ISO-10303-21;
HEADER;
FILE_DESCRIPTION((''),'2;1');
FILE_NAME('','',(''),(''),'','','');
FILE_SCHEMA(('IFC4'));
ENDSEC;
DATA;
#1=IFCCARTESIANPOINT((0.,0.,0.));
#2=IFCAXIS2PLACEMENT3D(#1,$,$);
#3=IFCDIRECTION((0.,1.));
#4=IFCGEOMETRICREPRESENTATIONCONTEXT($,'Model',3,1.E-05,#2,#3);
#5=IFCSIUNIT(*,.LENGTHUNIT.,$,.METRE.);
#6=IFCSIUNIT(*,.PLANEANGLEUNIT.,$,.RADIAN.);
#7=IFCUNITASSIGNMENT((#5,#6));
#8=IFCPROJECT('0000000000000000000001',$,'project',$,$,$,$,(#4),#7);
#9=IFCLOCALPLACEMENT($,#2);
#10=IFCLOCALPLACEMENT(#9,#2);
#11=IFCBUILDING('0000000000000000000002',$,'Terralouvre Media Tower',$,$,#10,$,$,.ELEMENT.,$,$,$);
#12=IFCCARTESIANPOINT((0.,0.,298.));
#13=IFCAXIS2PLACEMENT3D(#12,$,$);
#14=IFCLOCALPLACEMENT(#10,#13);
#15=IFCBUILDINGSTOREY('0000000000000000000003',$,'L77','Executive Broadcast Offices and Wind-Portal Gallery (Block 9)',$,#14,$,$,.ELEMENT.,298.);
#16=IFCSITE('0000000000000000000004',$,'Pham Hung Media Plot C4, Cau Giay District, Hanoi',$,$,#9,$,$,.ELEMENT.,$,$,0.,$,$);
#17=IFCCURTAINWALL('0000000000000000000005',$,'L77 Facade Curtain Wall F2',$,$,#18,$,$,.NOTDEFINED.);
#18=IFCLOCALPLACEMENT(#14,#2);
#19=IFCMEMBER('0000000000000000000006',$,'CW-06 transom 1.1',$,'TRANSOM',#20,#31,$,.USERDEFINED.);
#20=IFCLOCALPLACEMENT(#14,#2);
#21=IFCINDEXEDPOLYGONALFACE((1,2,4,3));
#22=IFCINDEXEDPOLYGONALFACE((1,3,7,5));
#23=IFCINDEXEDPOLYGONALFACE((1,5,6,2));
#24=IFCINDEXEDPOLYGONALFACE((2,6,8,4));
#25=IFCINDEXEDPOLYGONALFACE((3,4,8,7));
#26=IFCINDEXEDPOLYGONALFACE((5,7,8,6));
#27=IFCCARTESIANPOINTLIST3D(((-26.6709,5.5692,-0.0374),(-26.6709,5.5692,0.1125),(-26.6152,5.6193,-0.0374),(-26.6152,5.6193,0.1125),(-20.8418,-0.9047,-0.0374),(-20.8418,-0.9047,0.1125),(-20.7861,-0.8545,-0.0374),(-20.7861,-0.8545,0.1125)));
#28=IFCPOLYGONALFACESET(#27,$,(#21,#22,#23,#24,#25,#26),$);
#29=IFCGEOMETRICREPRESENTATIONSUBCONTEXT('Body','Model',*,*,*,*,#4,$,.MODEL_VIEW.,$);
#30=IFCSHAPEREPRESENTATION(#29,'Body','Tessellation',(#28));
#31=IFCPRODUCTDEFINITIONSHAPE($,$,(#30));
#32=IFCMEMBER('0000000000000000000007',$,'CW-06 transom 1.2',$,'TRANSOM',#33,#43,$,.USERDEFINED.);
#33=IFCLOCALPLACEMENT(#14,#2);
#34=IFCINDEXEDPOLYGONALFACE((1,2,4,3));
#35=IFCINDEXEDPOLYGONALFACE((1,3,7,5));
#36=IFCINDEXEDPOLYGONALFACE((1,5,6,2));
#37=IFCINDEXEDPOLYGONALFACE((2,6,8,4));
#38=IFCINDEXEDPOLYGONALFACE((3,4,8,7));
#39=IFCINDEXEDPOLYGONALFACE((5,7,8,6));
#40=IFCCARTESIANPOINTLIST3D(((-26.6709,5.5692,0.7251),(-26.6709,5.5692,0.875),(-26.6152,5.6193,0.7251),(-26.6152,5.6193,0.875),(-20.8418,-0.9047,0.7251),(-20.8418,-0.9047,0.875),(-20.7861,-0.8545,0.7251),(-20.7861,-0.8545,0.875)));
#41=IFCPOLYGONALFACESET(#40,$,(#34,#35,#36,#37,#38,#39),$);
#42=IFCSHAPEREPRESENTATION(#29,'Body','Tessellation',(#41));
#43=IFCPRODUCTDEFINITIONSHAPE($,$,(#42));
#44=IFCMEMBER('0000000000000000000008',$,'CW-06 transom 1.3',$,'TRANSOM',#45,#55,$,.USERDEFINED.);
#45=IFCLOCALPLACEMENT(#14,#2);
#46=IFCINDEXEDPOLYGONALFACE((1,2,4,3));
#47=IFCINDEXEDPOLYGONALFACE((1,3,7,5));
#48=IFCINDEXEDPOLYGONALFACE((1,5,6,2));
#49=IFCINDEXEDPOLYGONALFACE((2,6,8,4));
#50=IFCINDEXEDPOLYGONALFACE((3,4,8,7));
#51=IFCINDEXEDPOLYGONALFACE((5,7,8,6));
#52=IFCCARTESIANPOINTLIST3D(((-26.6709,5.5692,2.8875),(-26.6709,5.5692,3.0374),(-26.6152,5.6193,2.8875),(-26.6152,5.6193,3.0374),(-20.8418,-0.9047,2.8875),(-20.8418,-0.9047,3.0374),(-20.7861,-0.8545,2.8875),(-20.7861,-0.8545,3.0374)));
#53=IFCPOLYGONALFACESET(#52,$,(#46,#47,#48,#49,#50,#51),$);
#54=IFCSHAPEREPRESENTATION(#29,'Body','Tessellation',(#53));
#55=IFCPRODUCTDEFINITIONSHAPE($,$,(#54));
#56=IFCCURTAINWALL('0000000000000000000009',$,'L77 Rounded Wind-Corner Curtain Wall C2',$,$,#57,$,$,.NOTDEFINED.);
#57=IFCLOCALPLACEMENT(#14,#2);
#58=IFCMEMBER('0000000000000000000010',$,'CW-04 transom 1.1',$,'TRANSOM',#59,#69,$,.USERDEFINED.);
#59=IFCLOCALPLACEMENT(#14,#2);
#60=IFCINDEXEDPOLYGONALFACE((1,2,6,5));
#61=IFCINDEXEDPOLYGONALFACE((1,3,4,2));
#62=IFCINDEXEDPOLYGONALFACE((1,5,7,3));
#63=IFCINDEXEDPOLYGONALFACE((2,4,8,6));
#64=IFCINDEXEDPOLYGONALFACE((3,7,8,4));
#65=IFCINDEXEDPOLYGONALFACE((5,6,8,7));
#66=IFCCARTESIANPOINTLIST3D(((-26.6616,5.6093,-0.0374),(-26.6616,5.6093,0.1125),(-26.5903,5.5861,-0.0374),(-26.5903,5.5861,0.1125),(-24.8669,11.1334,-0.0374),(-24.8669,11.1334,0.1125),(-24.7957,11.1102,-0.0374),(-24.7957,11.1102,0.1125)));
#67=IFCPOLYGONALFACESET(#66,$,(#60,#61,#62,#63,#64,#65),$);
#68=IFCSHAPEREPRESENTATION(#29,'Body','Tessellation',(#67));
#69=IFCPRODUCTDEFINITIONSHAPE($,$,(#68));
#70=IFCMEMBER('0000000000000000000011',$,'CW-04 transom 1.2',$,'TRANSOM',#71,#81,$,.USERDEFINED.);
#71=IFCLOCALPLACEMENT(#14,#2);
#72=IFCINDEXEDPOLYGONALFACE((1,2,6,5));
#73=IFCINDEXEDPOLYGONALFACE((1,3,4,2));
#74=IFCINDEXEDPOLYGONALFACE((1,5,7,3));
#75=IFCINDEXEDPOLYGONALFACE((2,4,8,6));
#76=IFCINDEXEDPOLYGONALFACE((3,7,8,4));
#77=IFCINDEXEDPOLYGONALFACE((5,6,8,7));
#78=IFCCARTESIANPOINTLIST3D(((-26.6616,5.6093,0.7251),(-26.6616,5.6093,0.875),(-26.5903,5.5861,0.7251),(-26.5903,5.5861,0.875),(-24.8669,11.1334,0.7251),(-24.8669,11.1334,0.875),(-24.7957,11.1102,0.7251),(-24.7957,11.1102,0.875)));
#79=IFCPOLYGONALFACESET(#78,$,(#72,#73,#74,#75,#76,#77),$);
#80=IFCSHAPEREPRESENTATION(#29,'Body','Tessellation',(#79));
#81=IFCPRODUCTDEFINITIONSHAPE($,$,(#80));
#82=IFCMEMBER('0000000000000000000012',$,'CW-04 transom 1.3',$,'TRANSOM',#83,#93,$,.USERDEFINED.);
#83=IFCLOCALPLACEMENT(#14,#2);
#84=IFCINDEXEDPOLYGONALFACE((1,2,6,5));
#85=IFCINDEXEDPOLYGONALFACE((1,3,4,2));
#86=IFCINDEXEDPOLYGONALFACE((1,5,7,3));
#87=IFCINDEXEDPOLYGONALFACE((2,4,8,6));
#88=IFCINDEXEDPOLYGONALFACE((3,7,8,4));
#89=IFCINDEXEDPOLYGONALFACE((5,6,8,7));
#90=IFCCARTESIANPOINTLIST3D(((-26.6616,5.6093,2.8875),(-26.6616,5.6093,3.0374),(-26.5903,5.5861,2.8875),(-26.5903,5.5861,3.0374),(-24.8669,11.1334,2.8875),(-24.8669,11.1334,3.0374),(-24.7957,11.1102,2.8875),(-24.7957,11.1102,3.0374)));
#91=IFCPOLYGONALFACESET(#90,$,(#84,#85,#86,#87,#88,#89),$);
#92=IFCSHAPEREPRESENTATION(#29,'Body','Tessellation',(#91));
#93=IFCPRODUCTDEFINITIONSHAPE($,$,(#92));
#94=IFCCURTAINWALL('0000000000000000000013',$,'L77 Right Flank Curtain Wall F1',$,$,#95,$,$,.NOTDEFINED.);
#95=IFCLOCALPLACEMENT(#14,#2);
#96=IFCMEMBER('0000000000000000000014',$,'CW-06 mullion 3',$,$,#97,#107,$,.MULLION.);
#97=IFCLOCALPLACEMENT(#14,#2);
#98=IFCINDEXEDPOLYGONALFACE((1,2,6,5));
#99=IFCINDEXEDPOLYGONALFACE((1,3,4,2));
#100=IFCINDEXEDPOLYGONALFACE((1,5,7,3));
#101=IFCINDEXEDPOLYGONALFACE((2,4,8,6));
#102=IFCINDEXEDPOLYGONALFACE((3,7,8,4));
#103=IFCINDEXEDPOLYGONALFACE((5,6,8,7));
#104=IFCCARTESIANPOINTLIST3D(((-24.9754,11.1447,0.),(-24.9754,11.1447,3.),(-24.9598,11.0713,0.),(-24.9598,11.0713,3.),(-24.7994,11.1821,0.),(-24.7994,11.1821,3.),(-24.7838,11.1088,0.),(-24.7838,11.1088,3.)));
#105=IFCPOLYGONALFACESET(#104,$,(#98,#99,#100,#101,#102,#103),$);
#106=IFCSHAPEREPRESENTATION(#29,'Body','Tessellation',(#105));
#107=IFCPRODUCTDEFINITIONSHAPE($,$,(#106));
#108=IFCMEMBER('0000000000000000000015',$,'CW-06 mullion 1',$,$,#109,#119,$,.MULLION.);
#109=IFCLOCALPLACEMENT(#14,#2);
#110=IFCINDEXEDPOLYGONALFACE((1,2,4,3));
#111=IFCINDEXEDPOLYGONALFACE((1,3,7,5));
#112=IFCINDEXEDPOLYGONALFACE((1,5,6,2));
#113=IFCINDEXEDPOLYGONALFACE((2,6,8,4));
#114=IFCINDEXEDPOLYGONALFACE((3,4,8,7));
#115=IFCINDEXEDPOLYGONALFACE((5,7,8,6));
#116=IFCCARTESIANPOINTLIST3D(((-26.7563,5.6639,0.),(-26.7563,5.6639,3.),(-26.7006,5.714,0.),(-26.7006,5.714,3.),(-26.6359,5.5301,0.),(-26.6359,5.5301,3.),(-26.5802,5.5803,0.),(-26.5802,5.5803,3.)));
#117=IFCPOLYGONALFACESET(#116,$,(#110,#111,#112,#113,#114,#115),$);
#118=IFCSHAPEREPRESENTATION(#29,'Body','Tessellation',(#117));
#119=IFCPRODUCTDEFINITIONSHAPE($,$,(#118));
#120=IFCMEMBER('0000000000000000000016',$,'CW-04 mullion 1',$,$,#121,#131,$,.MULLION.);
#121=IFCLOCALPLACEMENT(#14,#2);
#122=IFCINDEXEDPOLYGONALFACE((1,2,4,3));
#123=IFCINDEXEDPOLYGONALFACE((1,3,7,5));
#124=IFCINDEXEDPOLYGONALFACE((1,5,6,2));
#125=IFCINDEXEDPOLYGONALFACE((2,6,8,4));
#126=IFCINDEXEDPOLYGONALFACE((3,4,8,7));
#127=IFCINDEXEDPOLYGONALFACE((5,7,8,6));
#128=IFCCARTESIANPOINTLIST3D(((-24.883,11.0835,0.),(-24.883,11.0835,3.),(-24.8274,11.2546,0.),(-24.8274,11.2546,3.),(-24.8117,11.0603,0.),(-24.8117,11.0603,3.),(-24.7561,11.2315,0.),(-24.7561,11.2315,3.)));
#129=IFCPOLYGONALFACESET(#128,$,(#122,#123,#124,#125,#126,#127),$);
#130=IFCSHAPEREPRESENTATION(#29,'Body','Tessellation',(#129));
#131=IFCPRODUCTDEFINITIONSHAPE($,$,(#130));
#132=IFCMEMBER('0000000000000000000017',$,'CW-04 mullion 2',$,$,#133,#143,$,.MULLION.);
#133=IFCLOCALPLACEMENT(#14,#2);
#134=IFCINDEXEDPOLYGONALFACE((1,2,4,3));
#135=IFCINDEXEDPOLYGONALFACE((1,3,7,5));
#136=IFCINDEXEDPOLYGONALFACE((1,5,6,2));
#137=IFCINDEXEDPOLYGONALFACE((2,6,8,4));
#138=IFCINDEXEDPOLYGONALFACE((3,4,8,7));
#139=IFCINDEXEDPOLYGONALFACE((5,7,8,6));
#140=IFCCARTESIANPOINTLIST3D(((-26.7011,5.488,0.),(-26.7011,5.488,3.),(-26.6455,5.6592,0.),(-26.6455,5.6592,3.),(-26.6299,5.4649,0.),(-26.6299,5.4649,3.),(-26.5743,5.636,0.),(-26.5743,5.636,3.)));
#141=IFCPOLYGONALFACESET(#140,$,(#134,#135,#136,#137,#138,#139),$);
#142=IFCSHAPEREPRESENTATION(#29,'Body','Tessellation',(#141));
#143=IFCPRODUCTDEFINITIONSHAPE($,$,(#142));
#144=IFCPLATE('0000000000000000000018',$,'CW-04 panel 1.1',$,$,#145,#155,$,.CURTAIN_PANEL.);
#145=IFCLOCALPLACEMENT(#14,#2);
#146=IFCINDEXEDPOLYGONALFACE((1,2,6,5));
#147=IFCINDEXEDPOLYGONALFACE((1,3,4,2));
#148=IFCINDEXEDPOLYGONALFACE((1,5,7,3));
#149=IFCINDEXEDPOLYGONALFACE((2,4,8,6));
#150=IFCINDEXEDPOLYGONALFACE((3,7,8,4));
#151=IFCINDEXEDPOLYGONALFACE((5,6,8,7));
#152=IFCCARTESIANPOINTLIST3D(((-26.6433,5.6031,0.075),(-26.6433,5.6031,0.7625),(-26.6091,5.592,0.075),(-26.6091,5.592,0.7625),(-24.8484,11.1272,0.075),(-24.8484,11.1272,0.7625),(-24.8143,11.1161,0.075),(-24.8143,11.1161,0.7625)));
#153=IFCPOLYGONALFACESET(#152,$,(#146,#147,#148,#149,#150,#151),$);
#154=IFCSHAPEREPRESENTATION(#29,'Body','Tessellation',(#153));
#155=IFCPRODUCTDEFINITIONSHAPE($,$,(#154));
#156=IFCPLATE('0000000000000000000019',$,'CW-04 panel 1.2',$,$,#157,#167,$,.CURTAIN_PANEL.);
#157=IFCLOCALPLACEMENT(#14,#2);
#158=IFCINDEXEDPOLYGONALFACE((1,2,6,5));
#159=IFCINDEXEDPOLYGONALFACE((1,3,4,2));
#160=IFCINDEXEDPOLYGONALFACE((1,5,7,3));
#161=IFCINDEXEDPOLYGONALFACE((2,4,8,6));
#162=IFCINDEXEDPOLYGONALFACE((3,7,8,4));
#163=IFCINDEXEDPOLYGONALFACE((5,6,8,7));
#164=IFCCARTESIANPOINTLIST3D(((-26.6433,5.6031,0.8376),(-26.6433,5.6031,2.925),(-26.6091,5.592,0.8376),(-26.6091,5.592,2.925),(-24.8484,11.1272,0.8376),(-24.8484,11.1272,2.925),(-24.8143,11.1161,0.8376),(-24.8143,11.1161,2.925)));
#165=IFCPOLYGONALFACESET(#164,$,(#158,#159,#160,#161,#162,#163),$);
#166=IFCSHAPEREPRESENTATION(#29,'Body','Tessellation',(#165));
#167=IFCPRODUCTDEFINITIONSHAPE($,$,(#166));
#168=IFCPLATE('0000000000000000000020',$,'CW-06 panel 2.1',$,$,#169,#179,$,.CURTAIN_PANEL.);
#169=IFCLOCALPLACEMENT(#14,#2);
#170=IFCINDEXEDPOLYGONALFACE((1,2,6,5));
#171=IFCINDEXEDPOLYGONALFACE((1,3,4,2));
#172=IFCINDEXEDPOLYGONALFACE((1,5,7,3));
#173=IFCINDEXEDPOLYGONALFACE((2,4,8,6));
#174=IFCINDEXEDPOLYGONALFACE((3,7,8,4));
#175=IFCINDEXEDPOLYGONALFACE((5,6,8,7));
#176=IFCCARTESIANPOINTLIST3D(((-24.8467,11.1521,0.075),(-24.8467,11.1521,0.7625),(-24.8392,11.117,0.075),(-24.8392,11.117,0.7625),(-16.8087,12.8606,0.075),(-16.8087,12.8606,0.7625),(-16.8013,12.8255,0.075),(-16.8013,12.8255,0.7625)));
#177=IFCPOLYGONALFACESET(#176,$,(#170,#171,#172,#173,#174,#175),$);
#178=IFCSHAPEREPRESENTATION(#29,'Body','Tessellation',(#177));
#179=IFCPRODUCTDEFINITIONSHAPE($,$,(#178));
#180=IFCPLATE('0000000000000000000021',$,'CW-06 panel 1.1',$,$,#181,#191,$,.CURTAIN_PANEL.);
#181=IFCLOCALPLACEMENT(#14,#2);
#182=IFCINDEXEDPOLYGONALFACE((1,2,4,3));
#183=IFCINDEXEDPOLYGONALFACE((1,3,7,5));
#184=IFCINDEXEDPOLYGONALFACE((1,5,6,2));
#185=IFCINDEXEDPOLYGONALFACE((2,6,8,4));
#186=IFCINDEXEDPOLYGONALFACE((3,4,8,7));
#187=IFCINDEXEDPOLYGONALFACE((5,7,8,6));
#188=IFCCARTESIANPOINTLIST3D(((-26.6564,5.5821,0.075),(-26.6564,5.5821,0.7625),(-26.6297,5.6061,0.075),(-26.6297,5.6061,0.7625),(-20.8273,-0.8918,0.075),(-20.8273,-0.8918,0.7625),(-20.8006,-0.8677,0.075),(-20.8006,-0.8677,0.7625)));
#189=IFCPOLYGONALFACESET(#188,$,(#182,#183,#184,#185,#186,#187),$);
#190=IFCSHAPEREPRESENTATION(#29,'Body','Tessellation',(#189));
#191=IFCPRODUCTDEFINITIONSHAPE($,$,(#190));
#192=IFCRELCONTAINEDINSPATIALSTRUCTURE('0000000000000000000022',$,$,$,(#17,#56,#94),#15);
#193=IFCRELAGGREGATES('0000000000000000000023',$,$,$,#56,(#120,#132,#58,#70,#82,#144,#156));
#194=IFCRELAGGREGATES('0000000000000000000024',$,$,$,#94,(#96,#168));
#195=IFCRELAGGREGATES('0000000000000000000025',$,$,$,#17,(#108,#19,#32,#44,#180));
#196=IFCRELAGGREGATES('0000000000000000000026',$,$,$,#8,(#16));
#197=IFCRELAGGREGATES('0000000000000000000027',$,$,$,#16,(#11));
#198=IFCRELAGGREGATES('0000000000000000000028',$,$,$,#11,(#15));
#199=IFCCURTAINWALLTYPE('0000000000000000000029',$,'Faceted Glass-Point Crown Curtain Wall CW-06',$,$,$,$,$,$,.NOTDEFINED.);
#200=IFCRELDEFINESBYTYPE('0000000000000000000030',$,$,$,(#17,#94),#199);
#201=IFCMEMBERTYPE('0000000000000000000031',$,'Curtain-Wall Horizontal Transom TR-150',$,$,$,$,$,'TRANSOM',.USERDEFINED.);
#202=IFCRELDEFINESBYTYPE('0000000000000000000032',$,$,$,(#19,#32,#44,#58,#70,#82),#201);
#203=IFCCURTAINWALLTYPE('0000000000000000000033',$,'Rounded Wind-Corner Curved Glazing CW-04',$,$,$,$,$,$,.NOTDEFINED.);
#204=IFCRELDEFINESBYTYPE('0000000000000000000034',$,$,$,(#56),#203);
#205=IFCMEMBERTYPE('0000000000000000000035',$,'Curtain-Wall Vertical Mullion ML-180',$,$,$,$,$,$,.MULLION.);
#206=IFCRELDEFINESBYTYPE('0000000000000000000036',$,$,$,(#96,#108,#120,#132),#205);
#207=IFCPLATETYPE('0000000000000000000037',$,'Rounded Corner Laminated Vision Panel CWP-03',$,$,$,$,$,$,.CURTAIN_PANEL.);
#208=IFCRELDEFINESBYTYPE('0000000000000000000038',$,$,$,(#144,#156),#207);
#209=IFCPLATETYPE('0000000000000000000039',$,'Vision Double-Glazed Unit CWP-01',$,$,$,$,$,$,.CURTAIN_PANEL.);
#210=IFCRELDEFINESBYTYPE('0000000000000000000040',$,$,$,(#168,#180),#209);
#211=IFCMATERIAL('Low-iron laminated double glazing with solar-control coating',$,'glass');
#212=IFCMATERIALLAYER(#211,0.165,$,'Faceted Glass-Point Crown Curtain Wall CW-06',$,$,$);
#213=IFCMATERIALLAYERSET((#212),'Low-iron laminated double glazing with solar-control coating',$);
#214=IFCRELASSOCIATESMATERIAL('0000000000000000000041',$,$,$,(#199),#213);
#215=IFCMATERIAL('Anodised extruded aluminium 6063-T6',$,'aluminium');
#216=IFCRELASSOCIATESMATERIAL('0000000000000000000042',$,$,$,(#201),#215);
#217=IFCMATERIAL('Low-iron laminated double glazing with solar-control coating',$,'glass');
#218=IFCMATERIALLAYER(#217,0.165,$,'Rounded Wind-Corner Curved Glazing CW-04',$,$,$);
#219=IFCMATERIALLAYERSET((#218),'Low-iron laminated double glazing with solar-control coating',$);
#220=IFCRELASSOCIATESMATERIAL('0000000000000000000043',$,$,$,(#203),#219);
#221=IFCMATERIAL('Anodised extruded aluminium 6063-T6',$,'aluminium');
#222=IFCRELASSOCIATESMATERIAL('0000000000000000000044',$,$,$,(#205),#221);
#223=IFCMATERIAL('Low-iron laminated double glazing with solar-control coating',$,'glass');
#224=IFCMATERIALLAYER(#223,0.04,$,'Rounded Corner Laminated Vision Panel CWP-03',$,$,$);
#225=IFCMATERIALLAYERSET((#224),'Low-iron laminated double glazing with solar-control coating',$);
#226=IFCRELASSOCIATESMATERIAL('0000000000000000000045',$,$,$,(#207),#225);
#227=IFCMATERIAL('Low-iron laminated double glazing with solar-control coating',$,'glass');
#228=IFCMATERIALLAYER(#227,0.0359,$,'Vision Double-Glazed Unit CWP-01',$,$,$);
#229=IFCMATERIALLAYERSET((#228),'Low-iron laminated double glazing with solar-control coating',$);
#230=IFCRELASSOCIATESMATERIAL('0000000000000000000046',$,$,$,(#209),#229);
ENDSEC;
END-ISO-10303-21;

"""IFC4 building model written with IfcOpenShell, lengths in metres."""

from ifc_helpers import new_model, si_unit, direction, frame, origin, origin_2d, place, context, subcontext, project, spatial, rectangle, extrude, material, layer, layer_set, material_profile, profile_set, type_object, element, aggregate, save


model = new_model("IFC4")

# Units and contexts
model_context = context("Model", 3, precision=1e-05, world=origin(), true_north=direction((0.0, 1.0)))
body_context = subcontext(model_context, "Body", "Model", "MODEL_VIEW")
ifc_project = project(units=[si_unit("LENGTHUNIT", "METRE"), si_unit("PLANEANGLEUNIT", "RADIAN")], contexts=[model_context])

# Site, building, storey
site_placement = place(None, origin())
site = spatial("IfcSite", under=ifc_project, at=site_placement, Name="Pham Hung Media Plot C4, Cau Giay District, Hanoi", CompositionType="ELEMENT", RefElevation=0.0)
building_placement = place(site_placement, origin())
building = spatial("IfcBuilding", under=site, at=building_placement, Name="Terralouvre Media Tower", CompositionType="ELEMENT")
storey_placement = place(building_placement, frame((0.0, 0.0, 298.0)))
storey = spatial("IfcBuildingStorey", under=building, at=storey_placement, Name="L77", Description="Executive Broadcast Offices and Wind-Portal Gallery (Block 9)", CompositionType="ELEMENT", Elevation=298.0)

# Curtain walls, members
ifc_material_1 = material(Name="Low-iron laminated double glazing with solar-control coating", Category="glass")
ifc_layer_1 = layer(ifc_material_1, 0.165, Name="Faceted Glass-Point Crown Curtain Wall CW-06")
ifc_layer_set_1 = layer_set([ifc_layer_1], Name="Low-iron laminated double glazing with solar-control coating")
curtain_wall_type_1 = type_object("IfcCurtainWallType", Name="Faceted Glass-Point Crown Curtain Wall CW-06", PredefinedType="NOTDEFINED", material=ifc_layer_set_1)
curtain_wall_1_placement = place(storey_placement, origin())
curtain_wall_1 = element("IfcCurtainWall", 1, at=curtain_wall_1_placement, inside=storey, type_object=curtain_wall_type_1, Name="L77 Facade Curtain Wall F2", PredefinedType="NOTDEFINED")
ifc_material_2 = material(Name="Anodised extruded aluminium 6063-T6", Category="aluminium")
ifc_material_profile_1 = material_profile(ifc_material_2, rectangle(XDim=0.075, YDim=0.1499, at=origin_2d()), Name="ALU 75x150")
ifc_profile_set_1 = profile_set([ifc_material_profile_1], Name="Anodised extruded aluminium 6063-T6")
member_type_1 = type_object("IfcMemberType", Name="Curtain-Wall Horizontal Transom TR-150", ElementType="TRANSOM", PredefinedType="USERDEFINED", material=ifc_profile_set_1)
member_1_placement = place(storey_placement, frame((-26.6431, 5.5942, 0.0376), z_axis=(0.66913, -0.743145, 0.0), x_axis=(0.743145, 0.66913, 0.0)))
member_1 = element("IfcMember", 2, at=member_1_placement, type_object=member_type_1, Name="CW-06 transom 1.1", ObjectType="TRANSOM", PredefinedType="USERDEFINED", context=body_context, shape_type="SweptSolid", body=[
    extrude(rectangle(XDim=0.075, YDim=0.1499, at=origin_2d()), origin(), (0.0, 0.0, 1.0), 8.7114),
])
member_2_placement = place(storey_placement, frame((-26.6431, 5.5942, 0.8), z_axis=(0.66913, -0.743145, 0.0), x_axis=(0.743145, 0.66913, 0.0)))
member_2 = element("IfcMember", 3, at=member_2_placement, type_object=member_type_1, Name="CW-06 transom 1.2", ObjectType="TRANSOM", PredefinedType="USERDEFINED", context=body_context, shape_type="SweptSolid", body=[
    extrude(rectangle(XDim=0.075, YDim=0.1499, at=origin_2d()), origin(), (0.0, 0.0, 1.0), 8.7114),
])
member_3_placement = place(storey_placement, frame((-26.6431, 5.5942, 2.9624), z_axis=(0.66913, -0.743145, 0.0), x_axis=(0.743145, 0.66913, 0.0)))
member_3 = element("IfcMember", 4, at=member_3_placement, type_object=member_type_1, Name="CW-06 transom 1.3", ObjectType="TRANSOM", PredefinedType="USERDEFINED", context=body_context, shape_type="SweptSolid", body=[
    extrude(rectangle(XDim=0.075, YDim=0.1499, at=origin_2d()), origin(), (0.0, 0.0, 1.0), 8.7114),
])
ifc_material_3 = material(Name="Low-iron laminated double glazing with solar-control coating", Category="glass")
ifc_layer_2 = layer(ifc_material_3, 0.165, Name="Rounded Wind-Corner Curved Glazing CW-04")
ifc_layer_set_2 = layer_set([ifc_layer_2], Name="Low-iron laminated double glazing with solar-control coating")
curtain_wall_type_2 = type_object("IfcCurtainWallType", Name="Rounded Wind-Corner Curved Glazing CW-04", PredefinedType="NOTDEFINED", material=ifc_layer_set_2)
curtain_wall_2_placement = place(storey_placement, origin())
curtain_wall_2 = element("IfcCurtainWall", 5, at=curtain_wall_2_placement, inside=storey, type_object=curtain_wall_type_2, Name="L77 Rounded Wind-Corner Curtain Wall C2", PredefinedType="NOTDEFINED")
member_4_placement = place(storey_placement, frame((-24.8313, 11.1218, 0.0376), z_axis=(-0.308981, -0.951068, 0.0), x_axis=(0.951068, -0.308981, 0.0)))
member_4 = element("IfcMember", 6, at=member_4_placement, type_object=member_type_1, Name="CW-04 transom 1.1", ObjectType="TRANSOM", PredefinedType="USERDEFINED", context=body_context, shape_type="SweptSolid", body=[
    extrude(rectangle(XDim=0.075, YDim=0.1499, at=origin_2d()), origin(), (0.0, 0.0, 1.0), 5.8083),
])
member_5_placement = place(storey_placement, frame((-24.8313, 11.1218, 0.8), z_axis=(-0.308981, -0.951068, 0.0), x_axis=(0.951068, -0.308981, 0.0)))
member_5 = element("IfcMember", 7, at=member_5_placement, type_object=member_type_1, Name="CW-04 transom 1.2", ObjectType="TRANSOM", PredefinedType="USERDEFINED", context=body_context, shape_type="SweptSolid", body=[
    extrude(rectangle(XDim=0.075, YDim=0.1499, at=origin_2d()), origin(), (0.0, 0.0, 1.0), 5.8083),
])
member_6_placement = place(storey_placement, frame((-24.8313, 11.1218, 2.9624), z_axis=(-0.308981, -0.951068, 0.0), x_axis=(0.951068, -0.308981, 0.0)))
member_6 = element("IfcMember", 8, at=member_6_placement, type_object=member_type_1, Name="CW-04 transom 1.3", ObjectType="TRANSOM", PredefinedType="USERDEFINED", context=body_context, shape_type="SweptSolid", body=[
    extrude(rectangle(XDim=0.075, YDim=0.1499, at=origin_2d()), origin(), (0.0, 0.0, 1.0), 5.8083),
])

# Curtain wall, member
curtain_wall_3_placement = place(storey_placement, origin())
curtain_wall_3 = element("IfcCurtainWall", 9, at=curtain_wall_3_placement, inside=storey, type_object=curtain_wall_type_1, Name="L77 Right Flank Curtain Wall F1", PredefinedType="NOTDEFINED")
ifc_material_4 = material(Name="Anodised extruded aluminium 6063-T6", Category="aluminium")
ifc_material_profile_2 = material_profile(ifc_material_4, rectangle(XDim=0.075, YDim=0.1799, at=origin_2d()), Name="ALU 75x180")
ifc_profile_set_2 = profile_set([ifc_material_profile_2], Name="Anodised extruded aluminium 6063-T6")
member_type_2 = type_object("IfcMemberType", Name="Curtain-Wall Vertical Mullion ML-180", PredefinedType="MULLION", material=ifc_profile_set_2)
member_7_placement = place(storey_placement, frame((-24.8796, 11.1267, 0.0), z_axis=(0.0, 0.0, 1.0), x_axis=(0.207911, -0.978148, 0.0)))
member_7 = element("IfcMember", 10, at=member_7_placement, type_object=member_type_2, Name="CW-06 mullion 3", PredefinedType="MULLION", context=body_context, shape_type="SweptSolid", body=[
    extrude(rectangle(XDim=0.075, YDim=0.1799, at=origin_2d()), origin(), (0.0, 0.0, 1.0), 3.0),
])

# Members
member_8_placement = place(storey_placement, frame((-26.6682, 5.6221, 0.0), z_axis=(0.0, 0.0, 1.0), x_axis=(0.743145, 0.669131, 0.0)))
member_8 = element("IfcMember", 11, at=member_8_placement, type_object=member_type_2, Name="CW-06 mullion 1", PredefinedType="MULLION", context=body_context, shape_type="SweptSolid", body=[
    extrude(rectangle(XDim=0.075, YDim=0.1799, at=origin_2d()), origin(), (0.0, 0.0, 1.0), 3.0),
])
member_9_placement = place(storey_placement, frame((-24.8196, 11.1575, 0.0), z_axis=(0.0, 0.0, 1.0), x_axis=(0.951057, -0.309017, 0.0)))
member_9 = element("IfcMember", 12, at=member_9_placement, type_object=member_type_2, Name="CW-04 mullion 1", PredefinedType="MULLION", context=body_context, shape_type="SweptSolid", body=[
    extrude(rectangle(XDim=0.075, YDim=0.1799, at=origin_2d()), origin(), (0.0, 0.0, 1.0), 3.0),
])
member_10_placement = place(storey_placement, frame((-26.6377, 5.562, 0.0), z_axis=(0.0, 0.0, 1.0), x_axis=(0.951057, -0.309017, 0.0)))
member_10 = element("IfcMember", 13, at=member_10_placement, type_object=member_type_2, Name="CW-04 mullion 2", PredefinedType="MULLION", context=body_context, shape_type="SweptSolid", body=[
    extrude(rectangle(XDim=0.075, YDim=0.1799, at=origin_2d()), origin(), (0.0, 0.0, 1.0), 3.0),
])

# Plates
ifc_material_5 = material(Name="Low-iron laminated double glazing with solar-control coating", Category="glass")
ifc_layer_3 = layer(ifc_material_5, 0.04, Name="Rounded Corner Laminated Vision Panel CWP-03")
ifc_layer_set_3 = layer_set([ifc_layer_3], Name="Low-iron laminated double glazing with solar-control coating")
plate_type_1 = type_object("IfcPlateType", Name="Rounded Corner Laminated Vision Panel CWP-03", PredefinedType="CURTAIN_PANEL", material=ifc_layer_set_3)
plate_1_placement = place(storey_placement, frame((-25.7288, 8.3596, 0.075), z_axis=(0.0, 0.0, 1.0), x_axis=(-0.309017, -0.951057, 0.0)))
plate_1 = element("IfcPlate", 14, at=plate_1_placement, type_object=plate_type_1, Name="CW-04 panel 1.1", PredefinedType="CURTAIN_PANEL", context=body_context, shape_type="SweptSolid", body=[
    extrude(rectangle(XDim=5.8083, YDim=0.0359, at=origin_2d()), origin(), (0.0, 0.0, 1.0), 0.6875),
])
plate_2_placement = place(storey_placement, frame((-25.7288, 8.3596, 0.8376), z_axis=(0.0, 0.0, 1.0), x_axis=(-0.309017, -0.951057, 0.0)))
plate_2 = element("IfcPlate", 15, at=plate_2_placement, type_object=plate_type_1, Name="CW-04 panel 1.2", PredefinedType="CURTAIN_PANEL", context=body_context, shape_type="SweptSolid", body=[
    extrude(rectangle(XDim=5.8083, YDim=0.0359, at=origin_2d()), origin(), (0.0, 0.0, 1.0), 2.0874),
])
aggregate(curtain_wall_2, [member_9, member_10, member_4, member_5, member_6, plate_1, plate_2])
ifc_material_6 = material(Name="Low-iron laminated double glazing with solar-control coating", Category="glass")
ifc_layer_4 = layer(ifc_material_6, 0.0359, Name="Vision Double-Glazed Unit CWP-01")
ifc_layer_set_4 = layer_set([ifc_layer_4], Name="Low-iron laminated double glazing with solar-control coating")
plate_type_2 = type_object("IfcPlateType", Name="Vision Double-Glazed Unit CWP-01", PredefinedType="CURTAIN_PANEL", material=ifc_layer_set_4)
plate_3_placement = place(storey_placement, frame((-20.824, 11.9888, 0.075), z_axis=(0.0, 0.0, 1.0), x_axis=(-0.978148, -0.207911, 0.0)))
plate_3 = element("IfcPlate", 16, at=plate_3_placement, type_object=plate_type_2, Name="CW-06 panel 2.1", PredefinedType="CURTAIN_PANEL", context=body_context, shape_type="SweptSolid", body=[
    extrude(rectangle(XDim=8.2175, YDim=0.0359, at=origin_2d()), origin(), (0.0, 0.0, 1.0), 0.6875),
])
aggregate(curtain_wall_3, [member_7, plate_3])
plate_4_placement = place(storey_placement, frame((-23.7285, 2.3572, 0.075), z_axis=(0.0, 0.0, 1.0), x_axis=(0.669131, -0.743145, 0.0)))
plate_4 = element("IfcPlate", 17, at=plate_4_placement, type_object=plate_type_2, Name="CW-06 panel 1.1", PredefinedType="CURTAIN_PANEL", context=body_context, shape_type="SweptSolid", body=[
    extrude(rectangle(XDim=8.7114, YDim=0.0359, at=origin_2d()), origin(), (0.0, 0.0, 1.0), 0.6875),
])
aggregate(curtain_wall_1, [member_8, member_1, member_2, member_3, plate_4])

save(model, "model.ifc")
